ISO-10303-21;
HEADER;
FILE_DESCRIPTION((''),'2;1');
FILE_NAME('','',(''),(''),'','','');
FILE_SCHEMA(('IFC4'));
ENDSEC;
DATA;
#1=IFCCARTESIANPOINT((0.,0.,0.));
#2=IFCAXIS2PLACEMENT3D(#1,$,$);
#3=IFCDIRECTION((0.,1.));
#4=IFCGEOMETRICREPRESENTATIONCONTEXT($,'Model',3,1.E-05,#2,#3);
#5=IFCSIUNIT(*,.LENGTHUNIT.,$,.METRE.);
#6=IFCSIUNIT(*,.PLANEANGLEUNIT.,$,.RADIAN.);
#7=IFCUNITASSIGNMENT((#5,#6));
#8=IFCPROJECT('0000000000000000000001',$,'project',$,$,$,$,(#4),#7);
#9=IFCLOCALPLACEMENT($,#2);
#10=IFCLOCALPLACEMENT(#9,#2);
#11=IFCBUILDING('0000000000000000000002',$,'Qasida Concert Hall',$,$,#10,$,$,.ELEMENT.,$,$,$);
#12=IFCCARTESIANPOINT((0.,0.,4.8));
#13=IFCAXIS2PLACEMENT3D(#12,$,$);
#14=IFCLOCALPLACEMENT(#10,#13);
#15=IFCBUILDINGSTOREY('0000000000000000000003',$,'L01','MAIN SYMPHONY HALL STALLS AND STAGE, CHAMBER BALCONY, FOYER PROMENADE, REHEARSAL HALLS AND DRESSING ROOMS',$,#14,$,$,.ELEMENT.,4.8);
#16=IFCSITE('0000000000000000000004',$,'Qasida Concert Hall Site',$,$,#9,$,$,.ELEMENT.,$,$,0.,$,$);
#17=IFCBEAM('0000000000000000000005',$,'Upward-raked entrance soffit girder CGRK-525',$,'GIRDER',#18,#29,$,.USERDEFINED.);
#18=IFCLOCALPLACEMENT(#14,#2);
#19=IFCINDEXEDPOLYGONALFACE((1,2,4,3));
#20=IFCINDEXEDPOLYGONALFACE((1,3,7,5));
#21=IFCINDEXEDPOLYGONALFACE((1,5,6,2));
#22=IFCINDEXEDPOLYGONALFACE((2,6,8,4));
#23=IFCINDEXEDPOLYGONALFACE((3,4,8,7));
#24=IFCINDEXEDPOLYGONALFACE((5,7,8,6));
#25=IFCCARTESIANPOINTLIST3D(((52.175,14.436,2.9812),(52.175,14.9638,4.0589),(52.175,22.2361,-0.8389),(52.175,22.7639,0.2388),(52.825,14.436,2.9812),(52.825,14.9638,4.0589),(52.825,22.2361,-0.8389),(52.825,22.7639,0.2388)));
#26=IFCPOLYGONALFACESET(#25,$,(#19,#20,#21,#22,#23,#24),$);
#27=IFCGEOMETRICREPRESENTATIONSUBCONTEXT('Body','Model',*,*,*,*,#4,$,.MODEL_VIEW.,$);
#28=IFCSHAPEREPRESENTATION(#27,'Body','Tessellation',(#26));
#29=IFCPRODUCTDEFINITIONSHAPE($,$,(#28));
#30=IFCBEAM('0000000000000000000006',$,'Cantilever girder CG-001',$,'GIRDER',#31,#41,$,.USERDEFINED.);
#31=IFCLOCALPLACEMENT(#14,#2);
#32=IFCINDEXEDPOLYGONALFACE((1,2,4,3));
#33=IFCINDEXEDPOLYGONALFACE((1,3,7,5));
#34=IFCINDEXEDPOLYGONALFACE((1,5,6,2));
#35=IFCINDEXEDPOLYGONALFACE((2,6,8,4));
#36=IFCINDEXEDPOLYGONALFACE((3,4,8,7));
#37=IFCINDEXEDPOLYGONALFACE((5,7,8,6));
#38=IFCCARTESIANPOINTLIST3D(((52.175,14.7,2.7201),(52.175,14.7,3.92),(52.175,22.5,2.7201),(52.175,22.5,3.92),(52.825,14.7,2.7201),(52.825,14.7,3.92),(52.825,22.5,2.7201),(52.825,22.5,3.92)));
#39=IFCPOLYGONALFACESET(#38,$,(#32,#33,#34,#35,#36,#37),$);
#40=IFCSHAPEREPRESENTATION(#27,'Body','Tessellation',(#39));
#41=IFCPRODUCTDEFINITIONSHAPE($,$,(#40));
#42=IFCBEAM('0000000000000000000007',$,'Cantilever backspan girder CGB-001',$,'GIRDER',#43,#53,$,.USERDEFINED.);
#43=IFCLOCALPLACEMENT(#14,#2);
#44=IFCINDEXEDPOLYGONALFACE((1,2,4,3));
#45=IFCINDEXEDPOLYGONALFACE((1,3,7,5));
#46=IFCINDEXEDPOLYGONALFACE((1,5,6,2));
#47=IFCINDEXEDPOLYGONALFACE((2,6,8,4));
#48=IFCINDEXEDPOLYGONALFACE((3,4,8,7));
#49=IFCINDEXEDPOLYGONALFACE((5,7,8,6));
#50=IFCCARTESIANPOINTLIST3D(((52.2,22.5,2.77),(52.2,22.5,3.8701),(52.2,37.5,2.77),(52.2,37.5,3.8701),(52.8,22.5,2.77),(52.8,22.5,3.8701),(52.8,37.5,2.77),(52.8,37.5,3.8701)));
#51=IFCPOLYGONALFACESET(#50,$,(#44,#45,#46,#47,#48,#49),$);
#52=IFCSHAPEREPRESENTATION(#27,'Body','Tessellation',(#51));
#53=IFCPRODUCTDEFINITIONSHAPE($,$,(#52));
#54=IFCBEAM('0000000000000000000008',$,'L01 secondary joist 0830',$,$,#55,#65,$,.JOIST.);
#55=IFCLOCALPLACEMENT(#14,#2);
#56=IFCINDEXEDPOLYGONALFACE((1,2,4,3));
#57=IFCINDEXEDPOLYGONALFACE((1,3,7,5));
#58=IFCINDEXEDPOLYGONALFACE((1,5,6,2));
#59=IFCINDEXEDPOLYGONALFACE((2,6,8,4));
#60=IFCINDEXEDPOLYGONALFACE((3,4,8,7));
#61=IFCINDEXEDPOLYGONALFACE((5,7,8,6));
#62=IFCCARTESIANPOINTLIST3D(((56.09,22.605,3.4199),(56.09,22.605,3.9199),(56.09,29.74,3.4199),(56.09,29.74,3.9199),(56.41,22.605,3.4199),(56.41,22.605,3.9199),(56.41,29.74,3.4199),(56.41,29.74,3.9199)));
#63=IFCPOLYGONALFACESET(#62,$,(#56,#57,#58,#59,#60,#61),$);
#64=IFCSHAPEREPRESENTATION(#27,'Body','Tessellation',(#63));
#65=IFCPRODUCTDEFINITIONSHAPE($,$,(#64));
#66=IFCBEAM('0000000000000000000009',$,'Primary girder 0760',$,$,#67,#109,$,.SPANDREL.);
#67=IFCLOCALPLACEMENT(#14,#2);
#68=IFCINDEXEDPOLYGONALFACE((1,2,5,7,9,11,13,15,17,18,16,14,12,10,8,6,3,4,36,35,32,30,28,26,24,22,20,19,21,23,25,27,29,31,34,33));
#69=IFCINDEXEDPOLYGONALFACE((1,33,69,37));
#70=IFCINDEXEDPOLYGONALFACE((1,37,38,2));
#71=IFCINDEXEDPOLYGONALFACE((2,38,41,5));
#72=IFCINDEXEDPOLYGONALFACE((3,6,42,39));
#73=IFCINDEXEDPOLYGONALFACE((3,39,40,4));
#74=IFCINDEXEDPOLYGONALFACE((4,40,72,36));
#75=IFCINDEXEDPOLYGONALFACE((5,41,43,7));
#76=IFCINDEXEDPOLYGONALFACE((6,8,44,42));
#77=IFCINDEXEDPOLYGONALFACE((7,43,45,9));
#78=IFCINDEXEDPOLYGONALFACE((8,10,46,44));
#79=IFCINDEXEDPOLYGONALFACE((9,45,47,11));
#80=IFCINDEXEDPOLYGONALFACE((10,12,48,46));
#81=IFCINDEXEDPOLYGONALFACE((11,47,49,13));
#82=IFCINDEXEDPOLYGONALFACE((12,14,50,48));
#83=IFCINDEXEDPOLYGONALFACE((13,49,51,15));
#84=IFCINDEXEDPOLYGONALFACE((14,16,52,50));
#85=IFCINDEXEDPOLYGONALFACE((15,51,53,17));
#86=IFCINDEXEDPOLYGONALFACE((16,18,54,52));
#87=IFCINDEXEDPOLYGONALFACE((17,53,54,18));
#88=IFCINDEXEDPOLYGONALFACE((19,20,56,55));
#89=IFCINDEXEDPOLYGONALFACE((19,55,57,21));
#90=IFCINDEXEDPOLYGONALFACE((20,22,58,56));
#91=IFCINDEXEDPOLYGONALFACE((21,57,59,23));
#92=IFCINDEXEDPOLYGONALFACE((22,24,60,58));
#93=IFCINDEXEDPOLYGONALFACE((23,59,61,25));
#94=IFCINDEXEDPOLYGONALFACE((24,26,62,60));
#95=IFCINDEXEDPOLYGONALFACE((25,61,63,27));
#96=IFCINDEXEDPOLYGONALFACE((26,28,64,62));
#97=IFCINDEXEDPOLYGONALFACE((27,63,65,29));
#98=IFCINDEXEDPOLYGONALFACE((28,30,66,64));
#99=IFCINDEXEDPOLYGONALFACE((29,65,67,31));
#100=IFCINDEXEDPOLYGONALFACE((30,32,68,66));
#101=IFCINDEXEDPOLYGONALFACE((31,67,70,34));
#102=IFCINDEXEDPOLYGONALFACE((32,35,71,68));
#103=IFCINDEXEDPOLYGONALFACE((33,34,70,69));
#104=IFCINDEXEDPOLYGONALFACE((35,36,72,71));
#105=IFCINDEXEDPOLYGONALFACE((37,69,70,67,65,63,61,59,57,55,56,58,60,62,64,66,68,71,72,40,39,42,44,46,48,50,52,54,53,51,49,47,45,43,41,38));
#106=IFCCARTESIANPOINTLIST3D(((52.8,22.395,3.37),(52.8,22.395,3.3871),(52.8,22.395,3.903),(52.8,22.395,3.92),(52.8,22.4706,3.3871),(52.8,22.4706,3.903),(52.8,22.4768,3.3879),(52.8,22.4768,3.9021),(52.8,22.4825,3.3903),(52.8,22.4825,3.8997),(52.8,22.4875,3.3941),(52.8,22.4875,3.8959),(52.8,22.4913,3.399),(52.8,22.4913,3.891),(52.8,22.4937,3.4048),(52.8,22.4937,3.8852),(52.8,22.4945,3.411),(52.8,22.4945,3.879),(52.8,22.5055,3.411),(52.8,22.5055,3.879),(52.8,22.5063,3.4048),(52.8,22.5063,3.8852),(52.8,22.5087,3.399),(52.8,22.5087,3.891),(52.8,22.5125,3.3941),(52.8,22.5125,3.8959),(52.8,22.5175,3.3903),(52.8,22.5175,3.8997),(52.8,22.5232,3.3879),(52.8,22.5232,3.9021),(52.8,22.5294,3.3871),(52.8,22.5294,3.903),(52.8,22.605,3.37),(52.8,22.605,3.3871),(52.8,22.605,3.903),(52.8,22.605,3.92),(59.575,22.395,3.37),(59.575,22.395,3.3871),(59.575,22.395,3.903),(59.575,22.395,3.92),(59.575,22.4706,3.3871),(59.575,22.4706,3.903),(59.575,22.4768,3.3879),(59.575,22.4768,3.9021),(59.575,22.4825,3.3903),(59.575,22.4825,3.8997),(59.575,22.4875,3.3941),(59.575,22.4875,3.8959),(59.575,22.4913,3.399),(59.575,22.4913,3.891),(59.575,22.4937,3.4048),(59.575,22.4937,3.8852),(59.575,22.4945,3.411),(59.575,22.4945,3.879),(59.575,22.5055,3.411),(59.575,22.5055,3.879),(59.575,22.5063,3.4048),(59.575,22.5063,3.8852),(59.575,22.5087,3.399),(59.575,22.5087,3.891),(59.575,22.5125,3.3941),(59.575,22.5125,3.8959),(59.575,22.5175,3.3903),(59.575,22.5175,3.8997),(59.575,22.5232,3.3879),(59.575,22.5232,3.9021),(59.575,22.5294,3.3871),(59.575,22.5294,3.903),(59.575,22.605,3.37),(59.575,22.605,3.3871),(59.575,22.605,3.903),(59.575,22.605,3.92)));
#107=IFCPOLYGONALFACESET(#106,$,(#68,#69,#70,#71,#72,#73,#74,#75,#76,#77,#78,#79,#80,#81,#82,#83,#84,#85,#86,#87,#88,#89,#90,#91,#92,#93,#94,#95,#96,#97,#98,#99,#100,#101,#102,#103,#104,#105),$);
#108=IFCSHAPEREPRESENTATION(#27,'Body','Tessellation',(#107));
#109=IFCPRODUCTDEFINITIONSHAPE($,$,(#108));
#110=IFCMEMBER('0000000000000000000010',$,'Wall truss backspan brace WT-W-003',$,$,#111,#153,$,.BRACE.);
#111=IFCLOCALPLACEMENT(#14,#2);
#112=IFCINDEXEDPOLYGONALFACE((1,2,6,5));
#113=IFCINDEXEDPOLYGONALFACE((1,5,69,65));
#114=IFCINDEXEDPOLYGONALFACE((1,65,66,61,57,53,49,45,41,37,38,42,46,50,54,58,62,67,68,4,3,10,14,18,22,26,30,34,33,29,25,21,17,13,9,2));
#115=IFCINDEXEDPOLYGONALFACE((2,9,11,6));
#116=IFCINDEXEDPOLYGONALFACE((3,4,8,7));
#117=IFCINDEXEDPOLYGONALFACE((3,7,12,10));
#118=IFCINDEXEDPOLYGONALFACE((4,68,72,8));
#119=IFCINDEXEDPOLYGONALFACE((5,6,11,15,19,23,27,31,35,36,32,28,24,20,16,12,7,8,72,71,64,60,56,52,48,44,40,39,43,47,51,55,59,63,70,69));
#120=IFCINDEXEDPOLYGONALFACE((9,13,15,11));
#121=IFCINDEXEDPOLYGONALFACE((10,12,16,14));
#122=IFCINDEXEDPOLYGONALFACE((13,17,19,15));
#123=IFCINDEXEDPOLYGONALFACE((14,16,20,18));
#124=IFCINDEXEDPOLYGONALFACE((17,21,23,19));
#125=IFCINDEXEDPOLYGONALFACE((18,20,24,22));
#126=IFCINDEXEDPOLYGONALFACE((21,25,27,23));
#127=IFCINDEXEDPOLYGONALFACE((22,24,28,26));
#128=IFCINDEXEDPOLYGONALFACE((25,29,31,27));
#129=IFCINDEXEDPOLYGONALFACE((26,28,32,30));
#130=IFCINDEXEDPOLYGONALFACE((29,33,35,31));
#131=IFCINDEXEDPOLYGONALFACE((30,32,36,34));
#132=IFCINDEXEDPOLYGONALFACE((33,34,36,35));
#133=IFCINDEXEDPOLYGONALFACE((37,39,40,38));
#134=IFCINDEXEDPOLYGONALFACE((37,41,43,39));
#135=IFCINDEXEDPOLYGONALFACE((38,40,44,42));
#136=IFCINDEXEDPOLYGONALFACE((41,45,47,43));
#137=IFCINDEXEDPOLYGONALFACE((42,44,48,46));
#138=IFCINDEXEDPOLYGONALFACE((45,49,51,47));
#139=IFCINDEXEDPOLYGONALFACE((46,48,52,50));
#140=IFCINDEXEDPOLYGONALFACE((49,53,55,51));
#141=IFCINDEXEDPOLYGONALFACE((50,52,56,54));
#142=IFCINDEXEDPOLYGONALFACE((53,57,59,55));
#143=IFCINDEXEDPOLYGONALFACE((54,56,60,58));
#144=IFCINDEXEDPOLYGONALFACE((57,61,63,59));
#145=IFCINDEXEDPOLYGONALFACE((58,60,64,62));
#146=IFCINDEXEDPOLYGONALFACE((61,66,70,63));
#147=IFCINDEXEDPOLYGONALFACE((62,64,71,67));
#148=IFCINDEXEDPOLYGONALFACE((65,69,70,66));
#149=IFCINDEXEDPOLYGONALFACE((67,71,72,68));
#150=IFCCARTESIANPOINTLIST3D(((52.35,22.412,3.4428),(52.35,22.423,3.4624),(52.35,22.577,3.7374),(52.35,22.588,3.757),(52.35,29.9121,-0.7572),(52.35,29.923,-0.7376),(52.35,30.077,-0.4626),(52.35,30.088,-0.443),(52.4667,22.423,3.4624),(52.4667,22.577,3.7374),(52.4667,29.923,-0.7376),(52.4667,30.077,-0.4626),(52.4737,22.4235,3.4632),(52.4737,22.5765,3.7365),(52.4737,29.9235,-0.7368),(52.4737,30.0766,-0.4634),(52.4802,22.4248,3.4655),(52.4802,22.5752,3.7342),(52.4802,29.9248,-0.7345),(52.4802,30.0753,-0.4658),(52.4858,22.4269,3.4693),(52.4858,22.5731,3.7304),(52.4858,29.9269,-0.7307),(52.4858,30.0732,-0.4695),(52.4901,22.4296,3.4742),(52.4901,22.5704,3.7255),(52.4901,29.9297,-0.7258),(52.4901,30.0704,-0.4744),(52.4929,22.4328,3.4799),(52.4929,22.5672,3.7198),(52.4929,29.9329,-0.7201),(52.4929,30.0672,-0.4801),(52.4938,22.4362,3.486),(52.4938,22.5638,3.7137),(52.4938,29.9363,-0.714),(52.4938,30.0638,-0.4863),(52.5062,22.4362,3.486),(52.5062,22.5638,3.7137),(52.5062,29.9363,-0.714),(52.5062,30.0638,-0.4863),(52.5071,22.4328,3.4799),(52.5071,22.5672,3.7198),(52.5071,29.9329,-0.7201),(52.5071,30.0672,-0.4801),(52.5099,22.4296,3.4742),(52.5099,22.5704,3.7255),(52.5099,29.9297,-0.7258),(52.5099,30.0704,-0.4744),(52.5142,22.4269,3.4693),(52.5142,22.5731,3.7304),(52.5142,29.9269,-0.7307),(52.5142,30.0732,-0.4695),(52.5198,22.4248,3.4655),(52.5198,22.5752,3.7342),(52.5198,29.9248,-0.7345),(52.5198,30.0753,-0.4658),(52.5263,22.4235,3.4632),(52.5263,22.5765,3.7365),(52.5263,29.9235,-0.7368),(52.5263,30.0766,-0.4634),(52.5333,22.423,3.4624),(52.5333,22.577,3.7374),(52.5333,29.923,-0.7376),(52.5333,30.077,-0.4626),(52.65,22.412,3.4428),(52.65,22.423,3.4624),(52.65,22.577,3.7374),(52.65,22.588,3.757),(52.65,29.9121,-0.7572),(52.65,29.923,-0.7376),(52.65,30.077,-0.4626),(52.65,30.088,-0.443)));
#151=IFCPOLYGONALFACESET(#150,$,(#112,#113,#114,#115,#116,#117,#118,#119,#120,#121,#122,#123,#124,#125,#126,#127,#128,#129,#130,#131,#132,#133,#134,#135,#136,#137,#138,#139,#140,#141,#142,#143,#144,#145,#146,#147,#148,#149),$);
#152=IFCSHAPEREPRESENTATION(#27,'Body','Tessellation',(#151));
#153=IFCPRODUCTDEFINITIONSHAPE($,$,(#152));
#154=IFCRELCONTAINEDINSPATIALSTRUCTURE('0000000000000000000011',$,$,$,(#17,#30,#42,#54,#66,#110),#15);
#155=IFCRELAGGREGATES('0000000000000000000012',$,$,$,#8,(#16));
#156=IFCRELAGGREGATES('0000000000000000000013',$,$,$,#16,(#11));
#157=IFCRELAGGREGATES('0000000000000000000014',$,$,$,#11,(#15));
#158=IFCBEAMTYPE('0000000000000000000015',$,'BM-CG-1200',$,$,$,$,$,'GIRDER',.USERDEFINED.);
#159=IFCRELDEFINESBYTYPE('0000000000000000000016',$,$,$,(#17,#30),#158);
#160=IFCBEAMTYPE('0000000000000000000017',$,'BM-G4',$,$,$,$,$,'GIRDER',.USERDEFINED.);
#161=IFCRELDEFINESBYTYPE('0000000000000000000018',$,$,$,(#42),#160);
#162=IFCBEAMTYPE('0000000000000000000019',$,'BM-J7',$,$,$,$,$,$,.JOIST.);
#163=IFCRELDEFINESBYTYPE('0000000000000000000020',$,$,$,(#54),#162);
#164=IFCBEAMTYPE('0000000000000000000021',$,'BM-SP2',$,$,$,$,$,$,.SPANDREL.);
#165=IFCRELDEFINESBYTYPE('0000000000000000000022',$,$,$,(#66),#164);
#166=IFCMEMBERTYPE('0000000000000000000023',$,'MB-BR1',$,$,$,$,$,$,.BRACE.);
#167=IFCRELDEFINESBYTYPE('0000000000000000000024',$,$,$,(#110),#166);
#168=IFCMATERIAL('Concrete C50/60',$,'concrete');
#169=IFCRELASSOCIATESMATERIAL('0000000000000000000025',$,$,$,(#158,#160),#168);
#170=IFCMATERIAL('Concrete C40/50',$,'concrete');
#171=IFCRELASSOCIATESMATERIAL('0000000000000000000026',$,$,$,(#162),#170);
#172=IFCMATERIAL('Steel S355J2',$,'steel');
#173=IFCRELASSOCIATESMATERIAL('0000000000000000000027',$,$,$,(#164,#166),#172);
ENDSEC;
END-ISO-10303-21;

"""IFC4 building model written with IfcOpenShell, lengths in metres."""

from ifc_helpers import new_model, si_unit, direction, frame, origin, origin_2d, place, context, subcontext, project, spatial, rectangle, i_section, extrude, material, material_profile, profile_set, type_object, element, save


model = new_model("IFC4")

# Units and contexts
model_context = context("Model", 3, precision=1e-05, world=origin(), true_north=direction((0.0, 1.0)))
body_context = subcontext(model_context, "Body", "Model", "MODEL_VIEW")
ifc_project = project(units=[si_unit("LENGTHUNIT", "METRE"), si_unit("PLANEANGLEUNIT", "RADIAN")], contexts=[model_context])

# Site, building, storey
site_placement = place(None, origin())
site = spatial("IfcSite", under=ifc_project, at=site_placement, Name="Qasida Concert Hall Site", CompositionType="ELEMENT", RefElevation=0.0)
building_placement = place(site_placement, origin())
building = spatial("IfcBuilding", under=site, at=building_placement, Name="Qasida Concert Hall", CompositionType="ELEMENT")
storey_placement = place(building_placement, frame((0.0, 0.0, 4.8)))
storey = spatial("IfcBuildingStorey", under=building, at=storey_placement, Name="L01", Description="MAIN SYMPHONY HALL STALLS AND STAGE, CHAMBER BALCONY, FOYER PROMENADE, REHEARSAL HALLS AND DRESSING ROOMS", CompositionType="ELEMENT", Elevation=4.8)

# Beams
ifc_material_1 = material(Name="Concrete C50/60", Category="concrete")
ifc_material_profile_1 = material_profile(ifc_material_1, rectangle(XDim=0.6499, YDim=1.2, at=origin_2d()), Name="RC 650x1200")
ifc_profile_set_1 = profile_set([ifc_material_profile_1], Name="Concrete C50/60")
beam_type_1 = type_object("IfcBeamType", Name="BM-CG-1200", ElementType="GIRDER", PredefinedType="USERDEFINED", material=ifc_profile_set_1)
beam_1_placement = place(storey_placement, frame((52.5, 22.5, -0.3), z_axis=(0.0, -0.898079, 0.439834), x_axis=(1.0, 0.0, 0.0)))
element("IfcBeam", 1, at=beam_1_placement, inside=storey, type_object=beam_type_1, Name="Upward-raked entrance soffit girder CGRK-525", ObjectType="GIRDER", PredefinedType="USERDEFINED", context=body_context, shape_type="SweptSolid", body=[
    extrude(rectangle(XDim=0.6499, YDim=1.2, at=origin_2d()), origin(), (0.0, 0.0, 1.0), 8.6853),
])
beam_2_placement = place(storey_placement, frame((52.5, 22.5, 3.3201), z_axis=(0.0, -1.0, 0.0), x_axis=(1.0, 0.0, 0.0)))
element("IfcBeam", 2, at=beam_2_placement, inside=storey, type_object=beam_type_1, Name="Cantilever girder CG-001", ObjectType="GIRDER", PredefinedType="USERDEFINED", context=body_context, shape_type="SweptSolid", body=[
    extrude(rectangle(XDim=0.6499, YDim=1.2, at=origin_2d()), origin(), (0.0, 0.0, 1.0), 7.8),
])
ifc_material_profile_2 = material_profile(ifc_material_1, rectangle(XDim=0.6001, YDim=1.1001, at=origin_2d()), Name="RC 600x1100")
ifc_profile_set_2 = profile_set([ifc_material_profile_2], Name="Concrete C50/60")
beam_type_2 = type_object("IfcBeamType", Name="BM-G4", ElementType="GIRDER", PredefinedType="USERDEFINED", material=ifc_profile_set_2)
beam_3_placement = place(storey_placement, frame((52.5, 22.5, 3.3201), z_axis=(0.0, 1.0, 0.0), x_axis=(-1.0, 0.0, 0.0)))
element("IfcBeam", 3, at=beam_3_placement, inside=storey, type_object=beam_type_2, Name="Cantilever backspan girder CGB-001", ObjectType="GIRDER", PredefinedType="USERDEFINED", context=body_context, shape_type="SweptSolid", body=[
    extrude(rectangle(XDim=0.6001, YDim=1.1001, at=origin_2d()), origin(), (0.0, 0.0, 1.0), 15.0),
])
ifc_material_2 = material(Name="Concrete C40/50", Category="concrete")
ifc_material_profile_3 = material_profile(ifc_material_2, rectangle(XDim=0.3201, YDim=0.5, at=origin_2d()), Name="RC 320x500")
ifc_profile_set_3 = profile_set([ifc_material_profile_3], Name="Concrete C40/50")
beam_type_3 = type_object("IfcBeamType", Name="BM-J7", PredefinedType="JOIST", material=ifc_profile_set_3)
beam_4_placement = place(storey_placement, frame((56.25, 22.605, 3.6699), z_axis=(0.0, 1.0, 0.0), x_axis=(-1.0, 0.0, 0.0)))
element("IfcBeam", 4, at=beam_4_placement, inside=storey, type_object=beam_type_3, Name="L01 secondary joist 0830", PredefinedType="JOIST", context=body_context, shape_type="SweptSolid", body=[
    extrude(rectangle(XDim=0.3201, YDim=0.5, at=origin_2d()), origin(), (0.0, 0.0, 1.0), 7.135),
])
ifc_material_3 = material(Name="Steel S355J2", Category="steel")
ifc_material_profile_4 = material_profile(ifc_material_3, i_section(OverallWidth=0.21, OverallDepth=0.55, WebThickness=0.011, FlangeThickness=0.0171, FilletRadius=0.0239, at=origin_2d()), Name="IPE 550")
ifc_profile_set_4 = profile_set([ifc_material_profile_4], Name="Steel S355J2")
beam_type_4 = type_object("IfcBeamType", Name="BM-SP2", PredefinedType="SPANDREL", material=ifc_profile_set_4)
beam_5_placement = place(storey_placement, frame((52.8, 22.5, 3.645), z_axis=(1.0, 0.0, 0.0), x_axis=(0.0, 1.0, 0.0)))
element("IfcBeam", 5, at=beam_5_placement, inside=storey, type_object=beam_type_4, Name="Primary girder 0760", PredefinedType="SPANDREL", context=body_context, shape_type="SweptSolid", body=[
    extrude(i_section(OverallWidth=0.21, OverallDepth=0.55, WebThickness=0.011, FlangeThickness=0.0171, FilletRadius=0.0239, at=origin_2d()), origin(), (0.0, 0.0, 1.0), 6.7749),
])

# Member
ifc_material_profile_5 = material_profile(ifc_material_3, i_section(OverallWidth=0.3, OverallDepth=0.3601, WebThickness=0.0125, FlangeThickness=0.0225, FilletRadius=0.0271, at=origin_2d()), Name="HEB 360")
ifc_profile_set_5 = profile_set([ifc_material_profile_5], Name="Steel S355J2")
member_type_1 = type_object("IfcMemberType", Name="MB-BR1", PredefinedType="BRACE", material=ifc_profile_set_5)
member_1_placement = place(storey_placement, frame((52.5, 22.5, 3.5999), z_axis=(0.0, 0.872508, -0.488599), x_axis=(-1.0, 0.0, 0.0)))
element("IfcMember", 6, at=member_1_placement, inside=storey, type_object=member_type_1, Name="Wall truss backspan brace WT-W-003", PredefinedType="BRACE", context=body_context, shape_type="SweptSolid", body=[
    extrude(i_section(OverallWidth=0.3, OverallDepth=0.3601, WebThickness=0.0125, FlangeThickness=0.0225, FilletRadius=0.0271, at=origin_2d()), origin(), (0.0, 0.0, 1.0), 8.5959),
])

save(model, "model.ifc")
